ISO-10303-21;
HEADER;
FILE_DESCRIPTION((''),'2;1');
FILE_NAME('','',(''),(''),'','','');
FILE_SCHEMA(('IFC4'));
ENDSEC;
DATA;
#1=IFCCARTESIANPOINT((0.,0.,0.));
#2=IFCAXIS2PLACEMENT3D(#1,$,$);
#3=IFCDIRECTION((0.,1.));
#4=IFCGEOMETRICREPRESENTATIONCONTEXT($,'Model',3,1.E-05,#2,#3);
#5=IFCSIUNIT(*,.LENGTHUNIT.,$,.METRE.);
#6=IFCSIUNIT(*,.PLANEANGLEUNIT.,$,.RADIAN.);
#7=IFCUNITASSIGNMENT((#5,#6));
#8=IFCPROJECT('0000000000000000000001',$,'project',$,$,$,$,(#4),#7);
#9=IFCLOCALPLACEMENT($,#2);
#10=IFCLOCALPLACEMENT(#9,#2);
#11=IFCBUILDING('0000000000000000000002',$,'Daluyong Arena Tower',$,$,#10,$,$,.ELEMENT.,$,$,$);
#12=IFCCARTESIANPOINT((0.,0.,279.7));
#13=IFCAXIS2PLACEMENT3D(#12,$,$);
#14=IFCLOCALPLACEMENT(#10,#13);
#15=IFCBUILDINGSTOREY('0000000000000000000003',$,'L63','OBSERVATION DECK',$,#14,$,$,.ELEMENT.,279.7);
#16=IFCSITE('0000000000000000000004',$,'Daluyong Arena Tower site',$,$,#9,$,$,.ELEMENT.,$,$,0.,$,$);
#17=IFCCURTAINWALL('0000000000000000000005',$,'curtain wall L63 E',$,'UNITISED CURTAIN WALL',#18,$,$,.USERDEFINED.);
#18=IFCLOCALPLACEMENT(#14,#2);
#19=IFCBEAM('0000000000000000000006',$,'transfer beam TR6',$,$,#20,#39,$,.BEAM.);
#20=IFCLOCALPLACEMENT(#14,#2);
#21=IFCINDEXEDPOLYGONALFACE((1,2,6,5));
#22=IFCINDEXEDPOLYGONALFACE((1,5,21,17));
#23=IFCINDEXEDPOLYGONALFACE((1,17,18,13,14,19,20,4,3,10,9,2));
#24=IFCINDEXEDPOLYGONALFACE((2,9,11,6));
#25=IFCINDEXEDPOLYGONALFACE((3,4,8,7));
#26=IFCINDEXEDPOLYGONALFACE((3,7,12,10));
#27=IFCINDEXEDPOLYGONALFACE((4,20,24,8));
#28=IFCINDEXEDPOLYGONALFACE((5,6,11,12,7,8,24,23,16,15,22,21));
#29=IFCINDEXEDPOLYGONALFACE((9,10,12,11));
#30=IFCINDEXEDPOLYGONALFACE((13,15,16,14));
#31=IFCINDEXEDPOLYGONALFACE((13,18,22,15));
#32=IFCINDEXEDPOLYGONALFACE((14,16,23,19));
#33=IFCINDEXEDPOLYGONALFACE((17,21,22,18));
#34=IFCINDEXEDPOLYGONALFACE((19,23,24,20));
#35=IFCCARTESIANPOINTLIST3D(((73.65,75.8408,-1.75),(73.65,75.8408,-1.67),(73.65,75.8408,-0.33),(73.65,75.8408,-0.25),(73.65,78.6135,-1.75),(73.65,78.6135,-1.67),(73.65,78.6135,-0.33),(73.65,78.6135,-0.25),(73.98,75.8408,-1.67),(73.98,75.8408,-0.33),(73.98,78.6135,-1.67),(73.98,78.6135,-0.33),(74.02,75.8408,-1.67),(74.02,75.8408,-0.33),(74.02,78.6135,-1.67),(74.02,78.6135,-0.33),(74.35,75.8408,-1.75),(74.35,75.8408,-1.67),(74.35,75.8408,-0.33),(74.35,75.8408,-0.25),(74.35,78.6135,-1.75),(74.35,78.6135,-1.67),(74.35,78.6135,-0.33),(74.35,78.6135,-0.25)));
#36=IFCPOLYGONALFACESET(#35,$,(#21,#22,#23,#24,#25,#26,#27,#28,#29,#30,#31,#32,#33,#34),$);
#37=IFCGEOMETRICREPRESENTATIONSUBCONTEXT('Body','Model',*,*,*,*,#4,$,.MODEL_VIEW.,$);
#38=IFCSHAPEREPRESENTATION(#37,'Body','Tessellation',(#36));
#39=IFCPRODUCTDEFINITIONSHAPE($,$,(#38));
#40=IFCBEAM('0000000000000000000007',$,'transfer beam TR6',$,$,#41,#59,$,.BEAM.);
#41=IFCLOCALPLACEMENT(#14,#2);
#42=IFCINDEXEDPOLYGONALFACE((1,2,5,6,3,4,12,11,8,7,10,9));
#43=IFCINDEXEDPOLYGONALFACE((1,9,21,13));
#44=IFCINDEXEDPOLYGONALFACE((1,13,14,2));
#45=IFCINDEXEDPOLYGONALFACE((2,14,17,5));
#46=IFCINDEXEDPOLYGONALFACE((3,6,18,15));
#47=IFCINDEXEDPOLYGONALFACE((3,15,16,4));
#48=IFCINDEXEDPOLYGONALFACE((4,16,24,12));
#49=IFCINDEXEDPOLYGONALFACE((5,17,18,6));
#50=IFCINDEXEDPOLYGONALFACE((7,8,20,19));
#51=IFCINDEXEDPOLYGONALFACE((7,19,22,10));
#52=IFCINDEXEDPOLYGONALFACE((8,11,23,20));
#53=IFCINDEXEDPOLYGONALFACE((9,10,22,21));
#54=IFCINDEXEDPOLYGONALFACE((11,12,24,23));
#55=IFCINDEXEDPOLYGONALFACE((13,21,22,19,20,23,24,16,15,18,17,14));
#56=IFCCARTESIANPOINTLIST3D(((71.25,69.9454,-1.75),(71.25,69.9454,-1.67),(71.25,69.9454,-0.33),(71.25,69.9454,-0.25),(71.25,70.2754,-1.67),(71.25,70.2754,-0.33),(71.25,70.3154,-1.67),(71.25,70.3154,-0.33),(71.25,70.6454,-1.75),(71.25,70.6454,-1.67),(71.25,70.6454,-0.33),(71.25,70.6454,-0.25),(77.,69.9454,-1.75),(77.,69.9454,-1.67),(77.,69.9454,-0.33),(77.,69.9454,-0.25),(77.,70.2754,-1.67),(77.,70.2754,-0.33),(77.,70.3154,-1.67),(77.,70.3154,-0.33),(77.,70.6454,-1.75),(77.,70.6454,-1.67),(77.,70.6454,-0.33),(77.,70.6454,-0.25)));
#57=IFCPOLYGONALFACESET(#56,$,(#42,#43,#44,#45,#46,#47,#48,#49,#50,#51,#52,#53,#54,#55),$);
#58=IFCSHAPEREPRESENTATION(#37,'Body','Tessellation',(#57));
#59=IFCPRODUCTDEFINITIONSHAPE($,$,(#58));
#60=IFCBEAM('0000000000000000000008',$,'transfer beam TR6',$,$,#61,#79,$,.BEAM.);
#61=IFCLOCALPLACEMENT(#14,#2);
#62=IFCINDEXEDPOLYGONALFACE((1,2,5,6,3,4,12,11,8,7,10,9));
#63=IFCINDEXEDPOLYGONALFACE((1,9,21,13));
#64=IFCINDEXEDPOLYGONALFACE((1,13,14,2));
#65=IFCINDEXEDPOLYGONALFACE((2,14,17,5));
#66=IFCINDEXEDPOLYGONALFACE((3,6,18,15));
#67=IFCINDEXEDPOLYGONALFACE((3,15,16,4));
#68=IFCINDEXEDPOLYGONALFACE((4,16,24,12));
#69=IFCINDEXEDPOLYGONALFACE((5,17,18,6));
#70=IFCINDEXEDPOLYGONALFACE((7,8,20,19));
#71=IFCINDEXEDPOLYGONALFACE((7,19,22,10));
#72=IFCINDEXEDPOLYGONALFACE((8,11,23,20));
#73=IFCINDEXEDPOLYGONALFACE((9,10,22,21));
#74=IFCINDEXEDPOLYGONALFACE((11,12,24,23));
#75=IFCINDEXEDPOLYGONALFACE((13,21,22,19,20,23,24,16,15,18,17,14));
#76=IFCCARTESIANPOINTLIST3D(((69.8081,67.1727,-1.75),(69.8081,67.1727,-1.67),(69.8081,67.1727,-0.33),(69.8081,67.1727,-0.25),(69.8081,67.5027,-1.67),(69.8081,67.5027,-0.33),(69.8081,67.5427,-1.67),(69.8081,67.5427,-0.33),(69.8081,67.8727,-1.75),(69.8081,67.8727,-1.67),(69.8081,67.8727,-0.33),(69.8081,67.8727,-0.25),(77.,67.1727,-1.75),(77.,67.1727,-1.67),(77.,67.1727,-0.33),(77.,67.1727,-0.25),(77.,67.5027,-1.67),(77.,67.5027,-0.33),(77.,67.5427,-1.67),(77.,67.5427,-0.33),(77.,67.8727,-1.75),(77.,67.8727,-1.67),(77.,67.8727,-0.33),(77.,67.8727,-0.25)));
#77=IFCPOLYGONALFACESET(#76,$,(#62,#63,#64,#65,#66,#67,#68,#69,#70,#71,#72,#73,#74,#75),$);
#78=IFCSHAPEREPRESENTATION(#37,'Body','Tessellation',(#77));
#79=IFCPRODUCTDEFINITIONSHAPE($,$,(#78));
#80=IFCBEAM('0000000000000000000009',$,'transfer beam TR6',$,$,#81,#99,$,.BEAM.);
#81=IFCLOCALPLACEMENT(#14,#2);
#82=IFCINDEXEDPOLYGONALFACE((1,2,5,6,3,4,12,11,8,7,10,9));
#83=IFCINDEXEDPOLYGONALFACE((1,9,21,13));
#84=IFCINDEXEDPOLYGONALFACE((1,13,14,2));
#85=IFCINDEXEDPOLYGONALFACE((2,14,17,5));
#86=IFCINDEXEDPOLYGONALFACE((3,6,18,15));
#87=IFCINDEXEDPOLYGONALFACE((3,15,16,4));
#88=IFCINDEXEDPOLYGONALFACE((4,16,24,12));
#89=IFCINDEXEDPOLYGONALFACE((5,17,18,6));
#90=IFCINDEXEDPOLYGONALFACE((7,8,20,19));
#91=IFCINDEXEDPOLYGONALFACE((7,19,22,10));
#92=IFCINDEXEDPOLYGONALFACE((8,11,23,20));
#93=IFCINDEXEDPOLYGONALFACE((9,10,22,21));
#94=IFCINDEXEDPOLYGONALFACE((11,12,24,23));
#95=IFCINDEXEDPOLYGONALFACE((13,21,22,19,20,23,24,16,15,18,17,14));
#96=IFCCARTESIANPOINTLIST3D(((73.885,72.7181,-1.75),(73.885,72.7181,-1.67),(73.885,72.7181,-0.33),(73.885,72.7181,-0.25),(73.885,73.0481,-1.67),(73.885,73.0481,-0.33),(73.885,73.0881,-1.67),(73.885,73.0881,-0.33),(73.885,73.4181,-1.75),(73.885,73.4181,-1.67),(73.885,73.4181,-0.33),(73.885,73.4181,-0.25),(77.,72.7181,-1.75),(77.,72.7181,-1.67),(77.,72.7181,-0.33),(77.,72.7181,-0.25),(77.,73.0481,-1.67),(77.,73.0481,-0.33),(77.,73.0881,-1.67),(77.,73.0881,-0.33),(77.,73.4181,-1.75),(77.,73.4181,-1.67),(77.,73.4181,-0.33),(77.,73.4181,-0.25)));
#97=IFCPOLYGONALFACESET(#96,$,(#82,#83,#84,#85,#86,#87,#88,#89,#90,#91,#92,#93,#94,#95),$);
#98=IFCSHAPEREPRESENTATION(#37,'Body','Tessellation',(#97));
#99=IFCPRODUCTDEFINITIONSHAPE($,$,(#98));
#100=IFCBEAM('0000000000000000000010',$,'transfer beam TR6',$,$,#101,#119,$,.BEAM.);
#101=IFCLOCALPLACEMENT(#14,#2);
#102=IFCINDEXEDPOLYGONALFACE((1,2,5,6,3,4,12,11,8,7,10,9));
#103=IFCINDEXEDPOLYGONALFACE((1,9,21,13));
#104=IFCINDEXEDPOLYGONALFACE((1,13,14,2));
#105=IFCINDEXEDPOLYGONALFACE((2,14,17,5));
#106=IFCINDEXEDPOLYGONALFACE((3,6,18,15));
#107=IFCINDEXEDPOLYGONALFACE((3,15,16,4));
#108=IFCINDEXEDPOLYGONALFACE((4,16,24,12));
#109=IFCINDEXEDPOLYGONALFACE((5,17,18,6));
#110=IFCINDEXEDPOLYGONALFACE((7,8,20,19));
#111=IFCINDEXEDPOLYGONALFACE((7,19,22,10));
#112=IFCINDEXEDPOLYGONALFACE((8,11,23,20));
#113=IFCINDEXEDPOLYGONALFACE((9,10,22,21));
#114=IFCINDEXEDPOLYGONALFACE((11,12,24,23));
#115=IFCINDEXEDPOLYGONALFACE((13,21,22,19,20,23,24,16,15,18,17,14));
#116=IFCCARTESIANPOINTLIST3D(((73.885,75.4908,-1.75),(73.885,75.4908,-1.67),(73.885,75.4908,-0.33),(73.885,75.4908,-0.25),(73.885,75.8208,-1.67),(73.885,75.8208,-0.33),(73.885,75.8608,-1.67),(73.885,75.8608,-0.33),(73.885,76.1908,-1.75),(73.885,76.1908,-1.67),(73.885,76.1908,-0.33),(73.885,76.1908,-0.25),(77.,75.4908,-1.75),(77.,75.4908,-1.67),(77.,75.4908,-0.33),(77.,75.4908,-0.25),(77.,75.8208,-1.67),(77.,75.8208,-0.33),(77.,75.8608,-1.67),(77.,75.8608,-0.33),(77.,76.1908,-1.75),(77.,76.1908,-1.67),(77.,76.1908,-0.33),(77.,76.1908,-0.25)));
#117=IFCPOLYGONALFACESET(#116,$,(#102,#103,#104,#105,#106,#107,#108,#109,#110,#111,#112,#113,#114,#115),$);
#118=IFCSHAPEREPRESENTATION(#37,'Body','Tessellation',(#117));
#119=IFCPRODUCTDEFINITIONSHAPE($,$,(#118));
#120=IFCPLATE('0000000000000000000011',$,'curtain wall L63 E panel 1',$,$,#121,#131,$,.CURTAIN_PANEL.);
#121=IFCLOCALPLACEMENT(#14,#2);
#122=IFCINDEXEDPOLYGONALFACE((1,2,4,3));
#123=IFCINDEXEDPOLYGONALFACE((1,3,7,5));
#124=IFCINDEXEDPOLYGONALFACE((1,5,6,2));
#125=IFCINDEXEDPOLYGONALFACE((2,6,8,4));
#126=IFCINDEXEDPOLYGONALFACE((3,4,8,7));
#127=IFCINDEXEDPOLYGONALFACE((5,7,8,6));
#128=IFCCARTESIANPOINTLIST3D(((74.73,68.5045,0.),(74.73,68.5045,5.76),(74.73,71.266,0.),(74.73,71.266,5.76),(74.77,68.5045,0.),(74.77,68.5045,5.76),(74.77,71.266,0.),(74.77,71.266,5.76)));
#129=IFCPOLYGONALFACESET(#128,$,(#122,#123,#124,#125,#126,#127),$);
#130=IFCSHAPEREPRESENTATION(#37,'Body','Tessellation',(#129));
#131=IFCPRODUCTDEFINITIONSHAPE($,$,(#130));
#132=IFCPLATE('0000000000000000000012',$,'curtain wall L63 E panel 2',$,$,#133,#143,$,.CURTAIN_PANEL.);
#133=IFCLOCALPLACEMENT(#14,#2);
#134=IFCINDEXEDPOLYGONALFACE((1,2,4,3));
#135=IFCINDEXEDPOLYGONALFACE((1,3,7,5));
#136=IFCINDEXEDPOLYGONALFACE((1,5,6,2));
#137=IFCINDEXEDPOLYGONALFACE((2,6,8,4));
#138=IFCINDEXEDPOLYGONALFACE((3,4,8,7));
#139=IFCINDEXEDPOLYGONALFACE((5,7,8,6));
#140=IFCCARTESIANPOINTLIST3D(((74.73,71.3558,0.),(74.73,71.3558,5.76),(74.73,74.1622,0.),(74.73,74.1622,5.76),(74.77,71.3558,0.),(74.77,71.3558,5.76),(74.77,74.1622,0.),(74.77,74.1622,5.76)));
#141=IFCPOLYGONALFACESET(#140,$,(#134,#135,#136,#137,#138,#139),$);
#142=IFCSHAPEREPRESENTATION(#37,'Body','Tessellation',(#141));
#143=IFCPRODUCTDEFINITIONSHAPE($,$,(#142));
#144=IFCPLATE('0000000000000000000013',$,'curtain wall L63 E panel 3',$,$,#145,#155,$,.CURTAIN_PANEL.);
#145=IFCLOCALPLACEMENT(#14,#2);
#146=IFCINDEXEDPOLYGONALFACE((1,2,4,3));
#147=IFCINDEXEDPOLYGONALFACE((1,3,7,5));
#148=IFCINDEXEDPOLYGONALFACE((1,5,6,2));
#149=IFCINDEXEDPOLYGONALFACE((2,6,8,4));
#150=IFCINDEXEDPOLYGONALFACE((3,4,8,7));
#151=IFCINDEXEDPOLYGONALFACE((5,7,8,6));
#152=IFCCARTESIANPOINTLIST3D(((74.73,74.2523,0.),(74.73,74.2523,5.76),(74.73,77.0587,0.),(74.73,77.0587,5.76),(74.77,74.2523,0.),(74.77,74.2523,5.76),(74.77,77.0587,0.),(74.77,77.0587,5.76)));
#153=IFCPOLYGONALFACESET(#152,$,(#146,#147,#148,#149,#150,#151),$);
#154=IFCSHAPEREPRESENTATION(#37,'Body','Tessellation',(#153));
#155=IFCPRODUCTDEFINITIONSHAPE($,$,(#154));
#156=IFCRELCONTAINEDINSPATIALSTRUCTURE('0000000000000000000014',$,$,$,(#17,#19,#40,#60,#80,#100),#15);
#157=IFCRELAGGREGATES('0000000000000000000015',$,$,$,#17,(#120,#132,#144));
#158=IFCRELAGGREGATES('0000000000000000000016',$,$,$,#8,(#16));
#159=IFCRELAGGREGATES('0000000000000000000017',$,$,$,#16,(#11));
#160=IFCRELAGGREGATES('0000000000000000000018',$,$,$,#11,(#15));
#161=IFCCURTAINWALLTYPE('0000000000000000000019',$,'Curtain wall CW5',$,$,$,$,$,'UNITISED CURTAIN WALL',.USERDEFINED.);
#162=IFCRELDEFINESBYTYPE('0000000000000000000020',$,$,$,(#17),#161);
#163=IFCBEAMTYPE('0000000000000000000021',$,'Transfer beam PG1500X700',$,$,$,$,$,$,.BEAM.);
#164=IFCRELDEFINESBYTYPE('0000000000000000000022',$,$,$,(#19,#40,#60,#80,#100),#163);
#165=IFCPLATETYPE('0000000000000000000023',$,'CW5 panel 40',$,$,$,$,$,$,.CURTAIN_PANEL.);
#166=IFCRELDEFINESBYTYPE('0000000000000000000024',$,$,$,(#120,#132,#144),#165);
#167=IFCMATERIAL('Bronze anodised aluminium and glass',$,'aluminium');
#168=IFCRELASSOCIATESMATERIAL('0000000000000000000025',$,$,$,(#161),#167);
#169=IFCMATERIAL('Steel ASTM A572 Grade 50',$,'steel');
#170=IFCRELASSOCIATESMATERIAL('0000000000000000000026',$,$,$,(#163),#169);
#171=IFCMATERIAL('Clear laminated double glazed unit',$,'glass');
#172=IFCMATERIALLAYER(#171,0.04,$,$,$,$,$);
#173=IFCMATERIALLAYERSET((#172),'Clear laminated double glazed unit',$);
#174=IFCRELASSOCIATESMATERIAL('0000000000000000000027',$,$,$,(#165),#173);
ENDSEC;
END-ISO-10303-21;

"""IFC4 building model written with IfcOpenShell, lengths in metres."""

from ifc_helpers import new_model, si_unit, direction, frame, origin, origin_2d, place, context, subcontext, project, spatial, rectangle, i_section, extrude, material, layer, layer_set, material_profile, profile_set, type_object, element, aggregate, save


model = new_model("IFC4")

# Units and contexts
model_context = context("Model", 3, precision=1e-05, world=origin(), true_north=direction((0.0, 1.0)))
body_context = subcontext(model_context, "Body", "Model", "MODEL_VIEW")
ifc_project = project(units=[si_unit("LENGTHUNIT", "METRE"), si_unit("PLANEANGLEUNIT", "RADIAN")], contexts=[model_context])

# Site, building, storey
site_placement = place(None, origin())
site = spatial("IfcSite", under=ifc_project, at=site_placement, Name="Daluyong Arena Tower site", CompositionType="ELEMENT", RefElevation=0.0)
building_placement = place(site_placement, origin())
building = spatial("IfcBuilding", under=site, at=building_placement, Name="Daluyong Arena Tower", CompositionType="ELEMENT")
storey_placement = place(building_placement, frame((0.0, 0.0, 279.7)))
storey = spatial("IfcBuildingStorey", under=building, at=storey_placement, Name="L63", Description="OBSERVATION DECK", CompositionType="ELEMENT", Elevation=279.7)

# Curtain wall
ifc_material_1 = material(Name="Bronze anodised aluminium and glass", Category="aluminium")
curtain_wall_type = type_object("IfcCurtainWallType", Name="Curtain wall CW5", ElementType="UNITISED CURTAIN WALL", PredefinedType="USERDEFINED", material=ifc_material_1)
curtain_wall_placement = place(storey_placement, origin())
curtain_wall = element("IfcCurtainWall", 1, at=curtain_wall_placement, inside=storey, type_object=curtain_wall_type, Name="curtain wall L63 E", ObjectType="UNITISED CURTAIN WALL", PredefinedType="USERDEFINED")

# Beams
ifc_material_2 = material(Name="Steel ASTM A572 Grade 50", Category="steel")
ifc_material_profile_1 = material_profile(ifc_material_2, i_section(OverallWidth=0.7, OverallDepth=1.5, WebThickness=0.04, FlangeThickness=0.08, at=origin_2d()))
ifc_profile_set_1 = profile_set([ifc_material_profile_1], Name="Steel ASTM A572 Grade 50")
beam_type_1 = type_object("IfcBeamType", Name="Transfer beam PG1500X700", PredefinedType="BEAM", material=ifc_profile_set_1)
beam_1_placement = place(storey_placement, frame((74.0, 75.8408, -1.0), z_axis=(0.0, 1.0, 0.0), x_axis=(-1.0, 0.0, 0.0)))
element("IfcBeam", 2, at=beam_1_placement, inside=storey, type_object=beam_type_1, Name="transfer beam TR6", PredefinedType="BEAM", context=body_context, shape_type="SweptSolid", body=[
    extrude(i_section(OverallWidth=0.7, OverallDepth=1.5, WebThickness=0.04, FlangeThickness=0.08, at=origin_2d()), origin(), (0.0, 0.0, 1.0), 2.7727),
])
beam_2_placement = place(storey_placement, frame((77.0, 70.2954, -1.0), z_axis=(-1.0, 0.0, 0.0), x_axis=(0.0, -1.0, 0.0)))
element("IfcBeam", 3, at=beam_2_placement, inside=storey, type_object=beam_type_1, Name="transfer beam TR6", PredefinedType="BEAM", context=body_context, shape_type="SweptSolid", body=[
    extrude(i_section(OverallWidth=0.7, OverallDepth=1.5, WebThickness=0.04, FlangeThickness=0.08, at=origin_2d()), origin(), (0.0, 0.0, 1.0), 5.75),
])
beam_3_placement = place(storey_placement, frame((77.0, 67.5227, -1.0), z_axis=(-1.0, 0.0, 0.0), x_axis=(0.0, -1.0, 0.0)))
element("IfcBeam", 4, at=beam_3_placement, inside=storey, type_object=beam_type_1, Name="transfer beam TR6", PredefinedType="BEAM", context=body_context, shape_type="SweptSolid", body=[
    extrude(i_section(OverallWidth=0.7, OverallDepth=1.5, WebThickness=0.04, FlangeThickness=0.08, at=origin_2d()), origin(), (0.0, 0.0, 1.0), 7.1919),
])
for number, where, z_axis, x_axis, name in (
    (5, (77.0, 73.0681, -1.0), (-1.0, 0.0, 0.0), (0.0, -1.0, 0.0), "transfer beam TR6"),
    (6, (77.0, 75.8408, -1.0), (-1.0, 0.0, 0.0), (0.0, -1.0, 0.0), "transfer beam TR6"),
):
    element("IfcBeam", number, at=place(storey_placement, frame(where, z_axis=z_axis, x_axis=x_axis)), inside=storey, type_object=beam_type_1, Name=name, PredefinedType="BEAM", context=body_context, shape_type="SweptSolid", body=[
        extrude(i_section(OverallWidth=0.7, OverallDepth=1.5, WebThickness=0.04, FlangeThickness=0.08, at=origin_2d()), origin(), (0.0, 0.0, 1.0), 3.115),
    ])

# Plates
ifc_material_3 = material(Name="Clear laminated double glazed unit", Category="glass")
ifc_layer = layer(ifc_material_3, 0.04)
ifc_layer_set = layer_set([ifc_layer], Name="Clear laminated double glazed unit")
plate_type = type_object("IfcPlateType", Name="CW5 panel 40", PredefinedType="CURTAIN_PANEL", material=ifc_layer_set)
plate_1_placement = place(storey_placement, frame((74.75, 69.8853, 0.0), z_axis=(0.0, 0.0, 1.0), x_axis=(0.0, 1.0, 0.0)))
plate_1 = element("IfcPlate", 7, at=plate_1_placement, type_object=plate_type, Name="curtain wall L63 E panel 1", PredefinedType="CURTAIN_PANEL", context=body_context, shape_type="SweptSolid", body=[
    extrude(rectangle(XDim=2.7615, YDim=0.04, at=origin_2d()), origin(), (0.0, 0.0, 1.0), 5.76),
])
plate_2_placement = place(storey_placement, frame((74.75, 72.759, 0.0), z_axis=(0.0, 0.0, 1.0), x_axis=(0.0, 1.0, 0.0)))
plate_2 = element("IfcPlate", 8, at=plate_2_placement, type_object=plate_type, Name="curtain wall L63 E panel 2", PredefinedType="CURTAIN_PANEL", context=body_context, shape_type="SweptSolid", body=[
    extrude(rectangle(XDim=2.8064, YDim=0.04, at=origin_2d()), origin(), (0.0, 0.0, 1.0), 5.76),
])
plate_3_placement = place(storey_placement, frame((74.75, 75.6555, 0.0), z_axis=(0.0, 0.0, 1.0), x_axis=(0.0, 1.0, 0.0)))
plate_3 = element("IfcPlate", 9, at=plate_3_placement, type_object=plate_type, Name="curtain wall L63 E panel 3", PredefinedType="CURTAIN_PANEL", context=body_context, shape_type="SweptSolid", body=[
    extrude(rectangle(XDim=2.8064, YDim=0.04, at=origin_2d()), origin(), (0.0, 0.0, 1.0), 5.76),
])
aggregate(curtain_wall, [plate_1, plate_2, plate_3])

save(model, "model.ifc")
